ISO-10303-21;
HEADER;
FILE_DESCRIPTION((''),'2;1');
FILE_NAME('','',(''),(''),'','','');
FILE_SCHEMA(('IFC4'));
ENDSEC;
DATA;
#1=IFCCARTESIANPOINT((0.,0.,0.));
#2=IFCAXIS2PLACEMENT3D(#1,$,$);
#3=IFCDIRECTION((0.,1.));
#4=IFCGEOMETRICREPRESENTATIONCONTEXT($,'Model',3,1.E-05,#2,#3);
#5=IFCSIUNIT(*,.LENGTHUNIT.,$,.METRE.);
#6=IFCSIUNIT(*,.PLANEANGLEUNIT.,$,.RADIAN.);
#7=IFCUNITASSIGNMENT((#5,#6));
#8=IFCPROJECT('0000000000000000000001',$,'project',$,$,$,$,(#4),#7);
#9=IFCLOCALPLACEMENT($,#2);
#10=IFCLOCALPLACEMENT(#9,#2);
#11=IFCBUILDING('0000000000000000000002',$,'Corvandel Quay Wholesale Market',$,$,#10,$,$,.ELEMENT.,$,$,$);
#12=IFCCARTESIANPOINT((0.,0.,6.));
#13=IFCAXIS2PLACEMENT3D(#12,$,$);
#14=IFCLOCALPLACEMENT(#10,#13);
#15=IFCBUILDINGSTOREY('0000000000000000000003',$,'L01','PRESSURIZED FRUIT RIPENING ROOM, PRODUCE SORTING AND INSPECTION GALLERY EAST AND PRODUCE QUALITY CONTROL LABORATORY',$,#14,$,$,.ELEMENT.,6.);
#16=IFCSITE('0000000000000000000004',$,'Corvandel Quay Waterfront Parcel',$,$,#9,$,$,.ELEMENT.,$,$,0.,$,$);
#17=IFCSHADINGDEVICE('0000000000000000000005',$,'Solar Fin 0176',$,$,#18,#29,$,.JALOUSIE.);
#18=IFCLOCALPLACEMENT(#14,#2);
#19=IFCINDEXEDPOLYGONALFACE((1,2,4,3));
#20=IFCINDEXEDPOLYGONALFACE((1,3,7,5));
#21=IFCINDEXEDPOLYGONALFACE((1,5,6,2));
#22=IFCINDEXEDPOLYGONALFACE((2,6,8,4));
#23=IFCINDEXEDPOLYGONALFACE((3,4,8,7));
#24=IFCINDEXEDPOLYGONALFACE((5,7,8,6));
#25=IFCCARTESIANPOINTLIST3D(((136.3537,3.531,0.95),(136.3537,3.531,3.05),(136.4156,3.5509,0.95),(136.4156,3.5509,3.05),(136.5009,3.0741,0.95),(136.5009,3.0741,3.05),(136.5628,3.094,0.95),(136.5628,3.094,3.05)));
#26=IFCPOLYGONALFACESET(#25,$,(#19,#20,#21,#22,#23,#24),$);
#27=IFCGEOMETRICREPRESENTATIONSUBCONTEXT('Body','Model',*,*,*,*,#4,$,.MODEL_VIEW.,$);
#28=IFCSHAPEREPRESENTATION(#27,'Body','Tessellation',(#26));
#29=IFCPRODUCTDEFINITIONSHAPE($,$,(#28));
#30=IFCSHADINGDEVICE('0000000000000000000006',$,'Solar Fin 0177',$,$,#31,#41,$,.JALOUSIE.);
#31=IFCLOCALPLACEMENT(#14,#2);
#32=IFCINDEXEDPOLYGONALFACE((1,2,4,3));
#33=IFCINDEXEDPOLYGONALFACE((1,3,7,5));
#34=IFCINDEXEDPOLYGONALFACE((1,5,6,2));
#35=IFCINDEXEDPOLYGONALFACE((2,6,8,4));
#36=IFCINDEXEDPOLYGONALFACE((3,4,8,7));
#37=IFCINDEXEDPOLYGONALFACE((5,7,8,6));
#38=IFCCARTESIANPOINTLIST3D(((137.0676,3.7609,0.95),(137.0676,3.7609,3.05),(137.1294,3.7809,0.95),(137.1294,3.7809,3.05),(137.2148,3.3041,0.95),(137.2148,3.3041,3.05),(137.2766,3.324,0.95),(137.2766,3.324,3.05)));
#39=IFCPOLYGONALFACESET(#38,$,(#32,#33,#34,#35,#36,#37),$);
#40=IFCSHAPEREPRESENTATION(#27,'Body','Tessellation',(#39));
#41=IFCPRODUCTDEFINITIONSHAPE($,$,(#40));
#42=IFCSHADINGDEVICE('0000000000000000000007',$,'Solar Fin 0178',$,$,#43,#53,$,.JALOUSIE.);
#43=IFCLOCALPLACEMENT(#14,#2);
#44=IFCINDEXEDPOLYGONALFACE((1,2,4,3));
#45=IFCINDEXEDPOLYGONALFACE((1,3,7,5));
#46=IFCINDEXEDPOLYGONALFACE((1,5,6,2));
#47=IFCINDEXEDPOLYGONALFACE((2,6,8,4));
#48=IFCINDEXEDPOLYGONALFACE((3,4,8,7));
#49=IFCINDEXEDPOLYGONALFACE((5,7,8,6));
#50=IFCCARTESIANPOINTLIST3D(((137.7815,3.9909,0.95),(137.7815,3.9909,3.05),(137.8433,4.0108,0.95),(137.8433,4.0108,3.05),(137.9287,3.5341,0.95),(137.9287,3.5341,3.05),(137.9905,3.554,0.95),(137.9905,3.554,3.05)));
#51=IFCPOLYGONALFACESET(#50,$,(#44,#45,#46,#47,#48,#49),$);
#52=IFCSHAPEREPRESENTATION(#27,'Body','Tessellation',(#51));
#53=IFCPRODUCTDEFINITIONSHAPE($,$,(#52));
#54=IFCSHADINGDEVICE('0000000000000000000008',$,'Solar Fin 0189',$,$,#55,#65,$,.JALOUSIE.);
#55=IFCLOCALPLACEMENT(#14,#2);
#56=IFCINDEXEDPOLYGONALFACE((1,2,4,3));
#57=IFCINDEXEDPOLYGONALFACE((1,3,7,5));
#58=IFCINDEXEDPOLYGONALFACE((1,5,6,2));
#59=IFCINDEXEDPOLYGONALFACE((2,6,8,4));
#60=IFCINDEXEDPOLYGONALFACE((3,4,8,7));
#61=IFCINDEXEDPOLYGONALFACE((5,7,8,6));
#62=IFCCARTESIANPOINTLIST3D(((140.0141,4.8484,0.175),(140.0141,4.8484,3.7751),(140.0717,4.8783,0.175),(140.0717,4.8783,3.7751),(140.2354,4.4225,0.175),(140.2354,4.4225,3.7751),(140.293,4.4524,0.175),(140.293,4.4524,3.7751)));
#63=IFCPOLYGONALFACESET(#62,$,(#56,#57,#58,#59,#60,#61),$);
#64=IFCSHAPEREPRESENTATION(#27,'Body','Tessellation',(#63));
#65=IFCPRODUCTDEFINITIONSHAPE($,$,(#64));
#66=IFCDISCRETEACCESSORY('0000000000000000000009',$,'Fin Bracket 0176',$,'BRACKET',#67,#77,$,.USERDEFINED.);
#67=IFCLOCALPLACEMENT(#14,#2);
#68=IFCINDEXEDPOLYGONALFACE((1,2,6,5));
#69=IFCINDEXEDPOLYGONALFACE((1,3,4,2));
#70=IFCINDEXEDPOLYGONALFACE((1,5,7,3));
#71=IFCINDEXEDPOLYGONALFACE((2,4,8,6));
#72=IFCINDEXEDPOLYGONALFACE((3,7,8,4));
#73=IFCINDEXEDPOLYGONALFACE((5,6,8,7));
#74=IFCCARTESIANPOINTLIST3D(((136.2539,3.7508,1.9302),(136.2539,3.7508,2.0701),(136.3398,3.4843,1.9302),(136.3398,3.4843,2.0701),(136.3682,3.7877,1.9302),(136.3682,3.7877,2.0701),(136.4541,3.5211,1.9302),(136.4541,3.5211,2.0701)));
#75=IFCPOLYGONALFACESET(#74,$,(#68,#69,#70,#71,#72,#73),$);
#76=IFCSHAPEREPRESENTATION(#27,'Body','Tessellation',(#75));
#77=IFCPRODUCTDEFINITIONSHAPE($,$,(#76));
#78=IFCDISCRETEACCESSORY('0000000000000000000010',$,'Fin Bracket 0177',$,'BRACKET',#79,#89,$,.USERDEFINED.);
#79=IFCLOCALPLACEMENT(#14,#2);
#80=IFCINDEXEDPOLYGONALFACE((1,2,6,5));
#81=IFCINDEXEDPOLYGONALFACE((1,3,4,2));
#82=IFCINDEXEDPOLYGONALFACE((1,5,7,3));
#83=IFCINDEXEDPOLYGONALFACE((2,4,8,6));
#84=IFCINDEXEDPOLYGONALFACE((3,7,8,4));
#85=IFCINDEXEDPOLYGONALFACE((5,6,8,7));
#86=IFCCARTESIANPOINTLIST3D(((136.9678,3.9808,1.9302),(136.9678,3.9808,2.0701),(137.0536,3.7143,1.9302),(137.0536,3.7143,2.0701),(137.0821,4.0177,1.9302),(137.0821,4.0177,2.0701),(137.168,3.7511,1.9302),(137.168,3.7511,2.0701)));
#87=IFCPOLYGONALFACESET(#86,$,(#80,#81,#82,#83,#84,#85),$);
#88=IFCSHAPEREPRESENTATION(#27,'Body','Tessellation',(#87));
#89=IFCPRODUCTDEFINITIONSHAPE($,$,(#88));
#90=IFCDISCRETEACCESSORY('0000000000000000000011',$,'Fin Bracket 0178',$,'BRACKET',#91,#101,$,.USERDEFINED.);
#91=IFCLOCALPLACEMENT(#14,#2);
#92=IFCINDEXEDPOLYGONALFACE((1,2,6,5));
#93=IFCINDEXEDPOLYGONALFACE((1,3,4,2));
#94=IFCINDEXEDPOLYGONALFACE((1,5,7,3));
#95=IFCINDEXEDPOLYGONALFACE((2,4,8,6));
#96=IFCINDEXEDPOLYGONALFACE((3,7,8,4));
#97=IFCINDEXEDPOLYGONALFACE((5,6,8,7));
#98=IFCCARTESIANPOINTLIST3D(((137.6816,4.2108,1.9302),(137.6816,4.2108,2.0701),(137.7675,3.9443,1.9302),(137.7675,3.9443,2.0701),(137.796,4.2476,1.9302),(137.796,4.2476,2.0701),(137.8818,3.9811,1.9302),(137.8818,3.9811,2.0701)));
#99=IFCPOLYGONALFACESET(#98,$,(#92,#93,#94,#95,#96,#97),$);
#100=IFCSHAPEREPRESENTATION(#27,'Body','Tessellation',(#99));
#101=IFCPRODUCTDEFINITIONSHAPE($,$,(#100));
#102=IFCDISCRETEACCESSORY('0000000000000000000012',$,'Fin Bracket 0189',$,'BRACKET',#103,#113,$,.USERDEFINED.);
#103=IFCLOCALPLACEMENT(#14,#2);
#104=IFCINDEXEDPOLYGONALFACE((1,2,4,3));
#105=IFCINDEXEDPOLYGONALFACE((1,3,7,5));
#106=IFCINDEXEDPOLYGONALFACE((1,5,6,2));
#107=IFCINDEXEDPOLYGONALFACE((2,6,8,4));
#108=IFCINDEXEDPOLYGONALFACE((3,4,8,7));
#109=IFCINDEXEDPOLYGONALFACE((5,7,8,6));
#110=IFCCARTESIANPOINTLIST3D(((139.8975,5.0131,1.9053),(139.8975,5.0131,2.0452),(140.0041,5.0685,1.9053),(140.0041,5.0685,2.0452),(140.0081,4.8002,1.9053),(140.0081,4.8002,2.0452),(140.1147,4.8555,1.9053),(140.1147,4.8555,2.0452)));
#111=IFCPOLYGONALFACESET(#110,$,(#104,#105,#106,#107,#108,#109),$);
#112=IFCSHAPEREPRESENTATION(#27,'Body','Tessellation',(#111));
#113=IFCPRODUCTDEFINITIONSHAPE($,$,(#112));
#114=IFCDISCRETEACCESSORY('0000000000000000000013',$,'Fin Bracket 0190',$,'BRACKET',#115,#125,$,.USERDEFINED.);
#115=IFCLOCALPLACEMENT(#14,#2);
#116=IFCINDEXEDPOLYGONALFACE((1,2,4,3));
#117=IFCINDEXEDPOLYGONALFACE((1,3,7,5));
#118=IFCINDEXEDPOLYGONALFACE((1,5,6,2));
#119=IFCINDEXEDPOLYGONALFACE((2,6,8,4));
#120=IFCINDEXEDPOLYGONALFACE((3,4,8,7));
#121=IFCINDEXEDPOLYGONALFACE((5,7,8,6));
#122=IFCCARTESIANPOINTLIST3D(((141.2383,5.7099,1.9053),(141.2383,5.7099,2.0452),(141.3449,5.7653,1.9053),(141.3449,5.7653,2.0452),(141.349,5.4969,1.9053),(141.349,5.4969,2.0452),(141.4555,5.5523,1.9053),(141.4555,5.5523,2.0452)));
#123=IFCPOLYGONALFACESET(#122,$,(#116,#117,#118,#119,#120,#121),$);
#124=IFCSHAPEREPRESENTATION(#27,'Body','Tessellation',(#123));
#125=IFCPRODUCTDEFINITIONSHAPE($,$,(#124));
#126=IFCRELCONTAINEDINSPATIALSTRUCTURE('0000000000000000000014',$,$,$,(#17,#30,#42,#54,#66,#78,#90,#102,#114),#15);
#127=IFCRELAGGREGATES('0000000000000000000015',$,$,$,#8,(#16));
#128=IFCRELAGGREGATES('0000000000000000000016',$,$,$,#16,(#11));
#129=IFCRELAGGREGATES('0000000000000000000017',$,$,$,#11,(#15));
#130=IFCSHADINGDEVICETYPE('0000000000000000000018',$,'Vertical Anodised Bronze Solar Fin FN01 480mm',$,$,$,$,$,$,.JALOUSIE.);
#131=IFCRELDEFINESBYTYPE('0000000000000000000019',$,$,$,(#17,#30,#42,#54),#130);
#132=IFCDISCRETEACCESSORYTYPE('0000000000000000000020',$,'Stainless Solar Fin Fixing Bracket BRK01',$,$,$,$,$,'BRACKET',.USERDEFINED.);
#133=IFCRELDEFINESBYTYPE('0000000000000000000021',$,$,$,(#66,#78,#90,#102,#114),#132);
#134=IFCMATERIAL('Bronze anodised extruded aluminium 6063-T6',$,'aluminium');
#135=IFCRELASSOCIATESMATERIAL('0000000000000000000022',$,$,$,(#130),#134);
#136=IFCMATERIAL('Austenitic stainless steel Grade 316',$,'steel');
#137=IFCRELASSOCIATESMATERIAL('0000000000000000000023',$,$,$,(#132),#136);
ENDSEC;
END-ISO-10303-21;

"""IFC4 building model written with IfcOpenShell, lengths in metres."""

from ifc_helpers import new_model, si_unit, direction, frame, origin, origin_2d, place, context, subcontext, project, spatial, rectangle, extrude, material, type_object, element, save


model = new_model("IFC4")

# Units and contexts
model_context = context("Model", 3, precision=1e-05, world=origin(), true_north=direction((0.0, 1.0)))
body_context = subcontext(model_context, "Body", "Model", "MODEL_VIEW")
ifc_project = project(units=[si_unit("LENGTHUNIT", "METRE"), si_unit("PLANEANGLEUNIT", "RADIAN")], contexts=[model_context])

# Site, building, storey
site_placement = place(None, origin())
site = spatial("IfcSite", under=ifc_project, at=site_placement, Name="Corvandel Quay Waterfront Parcel", CompositionType="ELEMENT", RefElevation=0.0)
building_placement = place(site_placement, origin())
building = spatial("IfcBuilding", under=site, at=building_placement, Name="Corvandel Quay Wholesale Market", CompositionType="ELEMENT")
storey_placement = place(building_placement, frame((0.0, 0.0, 6.0)))
storey = spatial("IfcBuildingStorey", under=building, at=storey_placement, Name="L01", Description="PRESSURIZED FRUIT RIPENING ROOM, PRODUCE SORTING AND INSPECTION GALLERY EAST AND PRODUCE QUALITY CONTROL LABORATORY", CompositionType="ELEMENT", Elevation=6.0)

# Shading devices
ifc_material_1 = material(Name="Bronze anodised extruded aluminium 6063-T6", Category="aluminium")
shading_device_type = type_object("IfcShadingDeviceType", Name="Vertical Anodised Bronze Solar Fin FN01 480mm", PredefinedType="JALOUSIE", material=ifc_material_1)
for number, where, z_axis, x_axis, name in (
    (1, (136.4583, 3.3125, 0.95), (0.0, 0.0, 1.0), (-0.306692, 0.951809, 0.0), "Solar Fin 0176"),
    (2, (137.1721, 3.5425, 0.95), (0.0, 0.0, 1.0), (-0.306692, 0.951809, 0.0), "Solar Fin 0177"),
    (3, (137.886, 3.7725, 0.95), (0.0, 0.0, 1.0), (-0.306692, 0.951809, 0.0), "Solar Fin 0178"),
):
    element("IfcShadingDevice", number, at=place(storey_placement, frame(where, z_axis=z_axis, x_axis=x_axis)), inside=storey, type_object=shading_device_type, Name=name, PredefinedType="JALOUSIE", context=body_context, shape_type="SweptSolid", body=[
        extrude(rectangle(XDim=0.48, YDim=0.0649, at=origin_2d()), origin(), (0.0, 0.0, 1.0), 2.1001),
    ])
shading_device_placement = place(storey_placement, frame((140.1536, 4.6504, 0.175), z_axis=(0.0, 0.0, 1.0), x_axis=(-0.461129, 0.887333, 0.0)))
element("IfcShadingDevice", 4, at=shading_device_placement, inside=storey, type_object=shading_device_type, Name="Solar Fin 0189", PredefinedType="JALOUSIE", context=body_context, shape_type="SweptSolid", body=[
    extrude(rectangle(XDim=0.48, YDim=0.0649, at=origin_2d()), origin(), (0.0, 0.0, 1.0), 3.6001),
])

# Discrete accessories
ifc_material_2 = material(Name="Austenitic stainless steel Grade 316", Category="steel")
discrete_accessory_type = type_object("IfcDiscreteAccessoryType", Name="Stainless Solar Fin Fixing Bracket BRK01", ElementType="BRACKET", PredefinedType="USERDEFINED", material=ifc_material_2)
for number, where, z_axis, x_axis, name in (
    (5, (136.354, 3.636, 1.9302), (0.0, 0.0, 1.0), (-0.306692, 0.951809, 0.0), "Fin Bracket 0176"),
    (6, (137.0679, 3.866, 1.9302), (0.0, 0.0, 1.0), (-0.306692, 0.951809, 0.0), "Fin Bracket 0177"),
    (7, (137.7817, 4.0959, 1.9302), (0.0, 0.0, 1.0), (-0.306692, 0.951809, 0.0), "Fin Bracket 0178"),
):
    element("IfcDiscreteAccessory", number, at=place(storey_placement, frame(where, z_axis=z_axis, x_axis=x_axis)), inside=storey, type_object=discrete_accessory_type, Name=name, ObjectType="BRACKET", PredefinedType="USERDEFINED", context=body_context, shape_type="SweptSolid", body=[
        extrude(rectangle(XDim=0.28, YDim=0.1201, at=origin_2d()), origin(), (0.0, 0.0, 1.0), 0.1399),
    ])
for number, where, z_axis, x_axis, name in (
    (8, (140.0061, 4.9343, 1.9053), (0.0, 0.0, 1.0), (-0.461129, 0.887333, 0.0), "Fin Bracket 0189"),
    (9, (141.3469, 5.6311, 1.9053), (0.0, 0.0, 1.0), (-0.461129, 0.887333, 0.0), "Fin Bracket 0190"),
):
    element("IfcDiscreteAccessory", number, at=place(storey_placement, frame(where, z_axis=z_axis, x_axis=x_axis)), inside=storey, type_object=discrete_accessory_type, Name=name, ObjectType="BRACKET", PredefinedType="USERDEFINED", context=body_context, shape_type="SweptSolid", body=[
        extrude(rectangle(XDim=0.24, YDim=0.1201, at=origin_2d()), origin(), (0.0, 0.0, 1.0), 0.1399),
    ])

save(model, "model.ifc")
